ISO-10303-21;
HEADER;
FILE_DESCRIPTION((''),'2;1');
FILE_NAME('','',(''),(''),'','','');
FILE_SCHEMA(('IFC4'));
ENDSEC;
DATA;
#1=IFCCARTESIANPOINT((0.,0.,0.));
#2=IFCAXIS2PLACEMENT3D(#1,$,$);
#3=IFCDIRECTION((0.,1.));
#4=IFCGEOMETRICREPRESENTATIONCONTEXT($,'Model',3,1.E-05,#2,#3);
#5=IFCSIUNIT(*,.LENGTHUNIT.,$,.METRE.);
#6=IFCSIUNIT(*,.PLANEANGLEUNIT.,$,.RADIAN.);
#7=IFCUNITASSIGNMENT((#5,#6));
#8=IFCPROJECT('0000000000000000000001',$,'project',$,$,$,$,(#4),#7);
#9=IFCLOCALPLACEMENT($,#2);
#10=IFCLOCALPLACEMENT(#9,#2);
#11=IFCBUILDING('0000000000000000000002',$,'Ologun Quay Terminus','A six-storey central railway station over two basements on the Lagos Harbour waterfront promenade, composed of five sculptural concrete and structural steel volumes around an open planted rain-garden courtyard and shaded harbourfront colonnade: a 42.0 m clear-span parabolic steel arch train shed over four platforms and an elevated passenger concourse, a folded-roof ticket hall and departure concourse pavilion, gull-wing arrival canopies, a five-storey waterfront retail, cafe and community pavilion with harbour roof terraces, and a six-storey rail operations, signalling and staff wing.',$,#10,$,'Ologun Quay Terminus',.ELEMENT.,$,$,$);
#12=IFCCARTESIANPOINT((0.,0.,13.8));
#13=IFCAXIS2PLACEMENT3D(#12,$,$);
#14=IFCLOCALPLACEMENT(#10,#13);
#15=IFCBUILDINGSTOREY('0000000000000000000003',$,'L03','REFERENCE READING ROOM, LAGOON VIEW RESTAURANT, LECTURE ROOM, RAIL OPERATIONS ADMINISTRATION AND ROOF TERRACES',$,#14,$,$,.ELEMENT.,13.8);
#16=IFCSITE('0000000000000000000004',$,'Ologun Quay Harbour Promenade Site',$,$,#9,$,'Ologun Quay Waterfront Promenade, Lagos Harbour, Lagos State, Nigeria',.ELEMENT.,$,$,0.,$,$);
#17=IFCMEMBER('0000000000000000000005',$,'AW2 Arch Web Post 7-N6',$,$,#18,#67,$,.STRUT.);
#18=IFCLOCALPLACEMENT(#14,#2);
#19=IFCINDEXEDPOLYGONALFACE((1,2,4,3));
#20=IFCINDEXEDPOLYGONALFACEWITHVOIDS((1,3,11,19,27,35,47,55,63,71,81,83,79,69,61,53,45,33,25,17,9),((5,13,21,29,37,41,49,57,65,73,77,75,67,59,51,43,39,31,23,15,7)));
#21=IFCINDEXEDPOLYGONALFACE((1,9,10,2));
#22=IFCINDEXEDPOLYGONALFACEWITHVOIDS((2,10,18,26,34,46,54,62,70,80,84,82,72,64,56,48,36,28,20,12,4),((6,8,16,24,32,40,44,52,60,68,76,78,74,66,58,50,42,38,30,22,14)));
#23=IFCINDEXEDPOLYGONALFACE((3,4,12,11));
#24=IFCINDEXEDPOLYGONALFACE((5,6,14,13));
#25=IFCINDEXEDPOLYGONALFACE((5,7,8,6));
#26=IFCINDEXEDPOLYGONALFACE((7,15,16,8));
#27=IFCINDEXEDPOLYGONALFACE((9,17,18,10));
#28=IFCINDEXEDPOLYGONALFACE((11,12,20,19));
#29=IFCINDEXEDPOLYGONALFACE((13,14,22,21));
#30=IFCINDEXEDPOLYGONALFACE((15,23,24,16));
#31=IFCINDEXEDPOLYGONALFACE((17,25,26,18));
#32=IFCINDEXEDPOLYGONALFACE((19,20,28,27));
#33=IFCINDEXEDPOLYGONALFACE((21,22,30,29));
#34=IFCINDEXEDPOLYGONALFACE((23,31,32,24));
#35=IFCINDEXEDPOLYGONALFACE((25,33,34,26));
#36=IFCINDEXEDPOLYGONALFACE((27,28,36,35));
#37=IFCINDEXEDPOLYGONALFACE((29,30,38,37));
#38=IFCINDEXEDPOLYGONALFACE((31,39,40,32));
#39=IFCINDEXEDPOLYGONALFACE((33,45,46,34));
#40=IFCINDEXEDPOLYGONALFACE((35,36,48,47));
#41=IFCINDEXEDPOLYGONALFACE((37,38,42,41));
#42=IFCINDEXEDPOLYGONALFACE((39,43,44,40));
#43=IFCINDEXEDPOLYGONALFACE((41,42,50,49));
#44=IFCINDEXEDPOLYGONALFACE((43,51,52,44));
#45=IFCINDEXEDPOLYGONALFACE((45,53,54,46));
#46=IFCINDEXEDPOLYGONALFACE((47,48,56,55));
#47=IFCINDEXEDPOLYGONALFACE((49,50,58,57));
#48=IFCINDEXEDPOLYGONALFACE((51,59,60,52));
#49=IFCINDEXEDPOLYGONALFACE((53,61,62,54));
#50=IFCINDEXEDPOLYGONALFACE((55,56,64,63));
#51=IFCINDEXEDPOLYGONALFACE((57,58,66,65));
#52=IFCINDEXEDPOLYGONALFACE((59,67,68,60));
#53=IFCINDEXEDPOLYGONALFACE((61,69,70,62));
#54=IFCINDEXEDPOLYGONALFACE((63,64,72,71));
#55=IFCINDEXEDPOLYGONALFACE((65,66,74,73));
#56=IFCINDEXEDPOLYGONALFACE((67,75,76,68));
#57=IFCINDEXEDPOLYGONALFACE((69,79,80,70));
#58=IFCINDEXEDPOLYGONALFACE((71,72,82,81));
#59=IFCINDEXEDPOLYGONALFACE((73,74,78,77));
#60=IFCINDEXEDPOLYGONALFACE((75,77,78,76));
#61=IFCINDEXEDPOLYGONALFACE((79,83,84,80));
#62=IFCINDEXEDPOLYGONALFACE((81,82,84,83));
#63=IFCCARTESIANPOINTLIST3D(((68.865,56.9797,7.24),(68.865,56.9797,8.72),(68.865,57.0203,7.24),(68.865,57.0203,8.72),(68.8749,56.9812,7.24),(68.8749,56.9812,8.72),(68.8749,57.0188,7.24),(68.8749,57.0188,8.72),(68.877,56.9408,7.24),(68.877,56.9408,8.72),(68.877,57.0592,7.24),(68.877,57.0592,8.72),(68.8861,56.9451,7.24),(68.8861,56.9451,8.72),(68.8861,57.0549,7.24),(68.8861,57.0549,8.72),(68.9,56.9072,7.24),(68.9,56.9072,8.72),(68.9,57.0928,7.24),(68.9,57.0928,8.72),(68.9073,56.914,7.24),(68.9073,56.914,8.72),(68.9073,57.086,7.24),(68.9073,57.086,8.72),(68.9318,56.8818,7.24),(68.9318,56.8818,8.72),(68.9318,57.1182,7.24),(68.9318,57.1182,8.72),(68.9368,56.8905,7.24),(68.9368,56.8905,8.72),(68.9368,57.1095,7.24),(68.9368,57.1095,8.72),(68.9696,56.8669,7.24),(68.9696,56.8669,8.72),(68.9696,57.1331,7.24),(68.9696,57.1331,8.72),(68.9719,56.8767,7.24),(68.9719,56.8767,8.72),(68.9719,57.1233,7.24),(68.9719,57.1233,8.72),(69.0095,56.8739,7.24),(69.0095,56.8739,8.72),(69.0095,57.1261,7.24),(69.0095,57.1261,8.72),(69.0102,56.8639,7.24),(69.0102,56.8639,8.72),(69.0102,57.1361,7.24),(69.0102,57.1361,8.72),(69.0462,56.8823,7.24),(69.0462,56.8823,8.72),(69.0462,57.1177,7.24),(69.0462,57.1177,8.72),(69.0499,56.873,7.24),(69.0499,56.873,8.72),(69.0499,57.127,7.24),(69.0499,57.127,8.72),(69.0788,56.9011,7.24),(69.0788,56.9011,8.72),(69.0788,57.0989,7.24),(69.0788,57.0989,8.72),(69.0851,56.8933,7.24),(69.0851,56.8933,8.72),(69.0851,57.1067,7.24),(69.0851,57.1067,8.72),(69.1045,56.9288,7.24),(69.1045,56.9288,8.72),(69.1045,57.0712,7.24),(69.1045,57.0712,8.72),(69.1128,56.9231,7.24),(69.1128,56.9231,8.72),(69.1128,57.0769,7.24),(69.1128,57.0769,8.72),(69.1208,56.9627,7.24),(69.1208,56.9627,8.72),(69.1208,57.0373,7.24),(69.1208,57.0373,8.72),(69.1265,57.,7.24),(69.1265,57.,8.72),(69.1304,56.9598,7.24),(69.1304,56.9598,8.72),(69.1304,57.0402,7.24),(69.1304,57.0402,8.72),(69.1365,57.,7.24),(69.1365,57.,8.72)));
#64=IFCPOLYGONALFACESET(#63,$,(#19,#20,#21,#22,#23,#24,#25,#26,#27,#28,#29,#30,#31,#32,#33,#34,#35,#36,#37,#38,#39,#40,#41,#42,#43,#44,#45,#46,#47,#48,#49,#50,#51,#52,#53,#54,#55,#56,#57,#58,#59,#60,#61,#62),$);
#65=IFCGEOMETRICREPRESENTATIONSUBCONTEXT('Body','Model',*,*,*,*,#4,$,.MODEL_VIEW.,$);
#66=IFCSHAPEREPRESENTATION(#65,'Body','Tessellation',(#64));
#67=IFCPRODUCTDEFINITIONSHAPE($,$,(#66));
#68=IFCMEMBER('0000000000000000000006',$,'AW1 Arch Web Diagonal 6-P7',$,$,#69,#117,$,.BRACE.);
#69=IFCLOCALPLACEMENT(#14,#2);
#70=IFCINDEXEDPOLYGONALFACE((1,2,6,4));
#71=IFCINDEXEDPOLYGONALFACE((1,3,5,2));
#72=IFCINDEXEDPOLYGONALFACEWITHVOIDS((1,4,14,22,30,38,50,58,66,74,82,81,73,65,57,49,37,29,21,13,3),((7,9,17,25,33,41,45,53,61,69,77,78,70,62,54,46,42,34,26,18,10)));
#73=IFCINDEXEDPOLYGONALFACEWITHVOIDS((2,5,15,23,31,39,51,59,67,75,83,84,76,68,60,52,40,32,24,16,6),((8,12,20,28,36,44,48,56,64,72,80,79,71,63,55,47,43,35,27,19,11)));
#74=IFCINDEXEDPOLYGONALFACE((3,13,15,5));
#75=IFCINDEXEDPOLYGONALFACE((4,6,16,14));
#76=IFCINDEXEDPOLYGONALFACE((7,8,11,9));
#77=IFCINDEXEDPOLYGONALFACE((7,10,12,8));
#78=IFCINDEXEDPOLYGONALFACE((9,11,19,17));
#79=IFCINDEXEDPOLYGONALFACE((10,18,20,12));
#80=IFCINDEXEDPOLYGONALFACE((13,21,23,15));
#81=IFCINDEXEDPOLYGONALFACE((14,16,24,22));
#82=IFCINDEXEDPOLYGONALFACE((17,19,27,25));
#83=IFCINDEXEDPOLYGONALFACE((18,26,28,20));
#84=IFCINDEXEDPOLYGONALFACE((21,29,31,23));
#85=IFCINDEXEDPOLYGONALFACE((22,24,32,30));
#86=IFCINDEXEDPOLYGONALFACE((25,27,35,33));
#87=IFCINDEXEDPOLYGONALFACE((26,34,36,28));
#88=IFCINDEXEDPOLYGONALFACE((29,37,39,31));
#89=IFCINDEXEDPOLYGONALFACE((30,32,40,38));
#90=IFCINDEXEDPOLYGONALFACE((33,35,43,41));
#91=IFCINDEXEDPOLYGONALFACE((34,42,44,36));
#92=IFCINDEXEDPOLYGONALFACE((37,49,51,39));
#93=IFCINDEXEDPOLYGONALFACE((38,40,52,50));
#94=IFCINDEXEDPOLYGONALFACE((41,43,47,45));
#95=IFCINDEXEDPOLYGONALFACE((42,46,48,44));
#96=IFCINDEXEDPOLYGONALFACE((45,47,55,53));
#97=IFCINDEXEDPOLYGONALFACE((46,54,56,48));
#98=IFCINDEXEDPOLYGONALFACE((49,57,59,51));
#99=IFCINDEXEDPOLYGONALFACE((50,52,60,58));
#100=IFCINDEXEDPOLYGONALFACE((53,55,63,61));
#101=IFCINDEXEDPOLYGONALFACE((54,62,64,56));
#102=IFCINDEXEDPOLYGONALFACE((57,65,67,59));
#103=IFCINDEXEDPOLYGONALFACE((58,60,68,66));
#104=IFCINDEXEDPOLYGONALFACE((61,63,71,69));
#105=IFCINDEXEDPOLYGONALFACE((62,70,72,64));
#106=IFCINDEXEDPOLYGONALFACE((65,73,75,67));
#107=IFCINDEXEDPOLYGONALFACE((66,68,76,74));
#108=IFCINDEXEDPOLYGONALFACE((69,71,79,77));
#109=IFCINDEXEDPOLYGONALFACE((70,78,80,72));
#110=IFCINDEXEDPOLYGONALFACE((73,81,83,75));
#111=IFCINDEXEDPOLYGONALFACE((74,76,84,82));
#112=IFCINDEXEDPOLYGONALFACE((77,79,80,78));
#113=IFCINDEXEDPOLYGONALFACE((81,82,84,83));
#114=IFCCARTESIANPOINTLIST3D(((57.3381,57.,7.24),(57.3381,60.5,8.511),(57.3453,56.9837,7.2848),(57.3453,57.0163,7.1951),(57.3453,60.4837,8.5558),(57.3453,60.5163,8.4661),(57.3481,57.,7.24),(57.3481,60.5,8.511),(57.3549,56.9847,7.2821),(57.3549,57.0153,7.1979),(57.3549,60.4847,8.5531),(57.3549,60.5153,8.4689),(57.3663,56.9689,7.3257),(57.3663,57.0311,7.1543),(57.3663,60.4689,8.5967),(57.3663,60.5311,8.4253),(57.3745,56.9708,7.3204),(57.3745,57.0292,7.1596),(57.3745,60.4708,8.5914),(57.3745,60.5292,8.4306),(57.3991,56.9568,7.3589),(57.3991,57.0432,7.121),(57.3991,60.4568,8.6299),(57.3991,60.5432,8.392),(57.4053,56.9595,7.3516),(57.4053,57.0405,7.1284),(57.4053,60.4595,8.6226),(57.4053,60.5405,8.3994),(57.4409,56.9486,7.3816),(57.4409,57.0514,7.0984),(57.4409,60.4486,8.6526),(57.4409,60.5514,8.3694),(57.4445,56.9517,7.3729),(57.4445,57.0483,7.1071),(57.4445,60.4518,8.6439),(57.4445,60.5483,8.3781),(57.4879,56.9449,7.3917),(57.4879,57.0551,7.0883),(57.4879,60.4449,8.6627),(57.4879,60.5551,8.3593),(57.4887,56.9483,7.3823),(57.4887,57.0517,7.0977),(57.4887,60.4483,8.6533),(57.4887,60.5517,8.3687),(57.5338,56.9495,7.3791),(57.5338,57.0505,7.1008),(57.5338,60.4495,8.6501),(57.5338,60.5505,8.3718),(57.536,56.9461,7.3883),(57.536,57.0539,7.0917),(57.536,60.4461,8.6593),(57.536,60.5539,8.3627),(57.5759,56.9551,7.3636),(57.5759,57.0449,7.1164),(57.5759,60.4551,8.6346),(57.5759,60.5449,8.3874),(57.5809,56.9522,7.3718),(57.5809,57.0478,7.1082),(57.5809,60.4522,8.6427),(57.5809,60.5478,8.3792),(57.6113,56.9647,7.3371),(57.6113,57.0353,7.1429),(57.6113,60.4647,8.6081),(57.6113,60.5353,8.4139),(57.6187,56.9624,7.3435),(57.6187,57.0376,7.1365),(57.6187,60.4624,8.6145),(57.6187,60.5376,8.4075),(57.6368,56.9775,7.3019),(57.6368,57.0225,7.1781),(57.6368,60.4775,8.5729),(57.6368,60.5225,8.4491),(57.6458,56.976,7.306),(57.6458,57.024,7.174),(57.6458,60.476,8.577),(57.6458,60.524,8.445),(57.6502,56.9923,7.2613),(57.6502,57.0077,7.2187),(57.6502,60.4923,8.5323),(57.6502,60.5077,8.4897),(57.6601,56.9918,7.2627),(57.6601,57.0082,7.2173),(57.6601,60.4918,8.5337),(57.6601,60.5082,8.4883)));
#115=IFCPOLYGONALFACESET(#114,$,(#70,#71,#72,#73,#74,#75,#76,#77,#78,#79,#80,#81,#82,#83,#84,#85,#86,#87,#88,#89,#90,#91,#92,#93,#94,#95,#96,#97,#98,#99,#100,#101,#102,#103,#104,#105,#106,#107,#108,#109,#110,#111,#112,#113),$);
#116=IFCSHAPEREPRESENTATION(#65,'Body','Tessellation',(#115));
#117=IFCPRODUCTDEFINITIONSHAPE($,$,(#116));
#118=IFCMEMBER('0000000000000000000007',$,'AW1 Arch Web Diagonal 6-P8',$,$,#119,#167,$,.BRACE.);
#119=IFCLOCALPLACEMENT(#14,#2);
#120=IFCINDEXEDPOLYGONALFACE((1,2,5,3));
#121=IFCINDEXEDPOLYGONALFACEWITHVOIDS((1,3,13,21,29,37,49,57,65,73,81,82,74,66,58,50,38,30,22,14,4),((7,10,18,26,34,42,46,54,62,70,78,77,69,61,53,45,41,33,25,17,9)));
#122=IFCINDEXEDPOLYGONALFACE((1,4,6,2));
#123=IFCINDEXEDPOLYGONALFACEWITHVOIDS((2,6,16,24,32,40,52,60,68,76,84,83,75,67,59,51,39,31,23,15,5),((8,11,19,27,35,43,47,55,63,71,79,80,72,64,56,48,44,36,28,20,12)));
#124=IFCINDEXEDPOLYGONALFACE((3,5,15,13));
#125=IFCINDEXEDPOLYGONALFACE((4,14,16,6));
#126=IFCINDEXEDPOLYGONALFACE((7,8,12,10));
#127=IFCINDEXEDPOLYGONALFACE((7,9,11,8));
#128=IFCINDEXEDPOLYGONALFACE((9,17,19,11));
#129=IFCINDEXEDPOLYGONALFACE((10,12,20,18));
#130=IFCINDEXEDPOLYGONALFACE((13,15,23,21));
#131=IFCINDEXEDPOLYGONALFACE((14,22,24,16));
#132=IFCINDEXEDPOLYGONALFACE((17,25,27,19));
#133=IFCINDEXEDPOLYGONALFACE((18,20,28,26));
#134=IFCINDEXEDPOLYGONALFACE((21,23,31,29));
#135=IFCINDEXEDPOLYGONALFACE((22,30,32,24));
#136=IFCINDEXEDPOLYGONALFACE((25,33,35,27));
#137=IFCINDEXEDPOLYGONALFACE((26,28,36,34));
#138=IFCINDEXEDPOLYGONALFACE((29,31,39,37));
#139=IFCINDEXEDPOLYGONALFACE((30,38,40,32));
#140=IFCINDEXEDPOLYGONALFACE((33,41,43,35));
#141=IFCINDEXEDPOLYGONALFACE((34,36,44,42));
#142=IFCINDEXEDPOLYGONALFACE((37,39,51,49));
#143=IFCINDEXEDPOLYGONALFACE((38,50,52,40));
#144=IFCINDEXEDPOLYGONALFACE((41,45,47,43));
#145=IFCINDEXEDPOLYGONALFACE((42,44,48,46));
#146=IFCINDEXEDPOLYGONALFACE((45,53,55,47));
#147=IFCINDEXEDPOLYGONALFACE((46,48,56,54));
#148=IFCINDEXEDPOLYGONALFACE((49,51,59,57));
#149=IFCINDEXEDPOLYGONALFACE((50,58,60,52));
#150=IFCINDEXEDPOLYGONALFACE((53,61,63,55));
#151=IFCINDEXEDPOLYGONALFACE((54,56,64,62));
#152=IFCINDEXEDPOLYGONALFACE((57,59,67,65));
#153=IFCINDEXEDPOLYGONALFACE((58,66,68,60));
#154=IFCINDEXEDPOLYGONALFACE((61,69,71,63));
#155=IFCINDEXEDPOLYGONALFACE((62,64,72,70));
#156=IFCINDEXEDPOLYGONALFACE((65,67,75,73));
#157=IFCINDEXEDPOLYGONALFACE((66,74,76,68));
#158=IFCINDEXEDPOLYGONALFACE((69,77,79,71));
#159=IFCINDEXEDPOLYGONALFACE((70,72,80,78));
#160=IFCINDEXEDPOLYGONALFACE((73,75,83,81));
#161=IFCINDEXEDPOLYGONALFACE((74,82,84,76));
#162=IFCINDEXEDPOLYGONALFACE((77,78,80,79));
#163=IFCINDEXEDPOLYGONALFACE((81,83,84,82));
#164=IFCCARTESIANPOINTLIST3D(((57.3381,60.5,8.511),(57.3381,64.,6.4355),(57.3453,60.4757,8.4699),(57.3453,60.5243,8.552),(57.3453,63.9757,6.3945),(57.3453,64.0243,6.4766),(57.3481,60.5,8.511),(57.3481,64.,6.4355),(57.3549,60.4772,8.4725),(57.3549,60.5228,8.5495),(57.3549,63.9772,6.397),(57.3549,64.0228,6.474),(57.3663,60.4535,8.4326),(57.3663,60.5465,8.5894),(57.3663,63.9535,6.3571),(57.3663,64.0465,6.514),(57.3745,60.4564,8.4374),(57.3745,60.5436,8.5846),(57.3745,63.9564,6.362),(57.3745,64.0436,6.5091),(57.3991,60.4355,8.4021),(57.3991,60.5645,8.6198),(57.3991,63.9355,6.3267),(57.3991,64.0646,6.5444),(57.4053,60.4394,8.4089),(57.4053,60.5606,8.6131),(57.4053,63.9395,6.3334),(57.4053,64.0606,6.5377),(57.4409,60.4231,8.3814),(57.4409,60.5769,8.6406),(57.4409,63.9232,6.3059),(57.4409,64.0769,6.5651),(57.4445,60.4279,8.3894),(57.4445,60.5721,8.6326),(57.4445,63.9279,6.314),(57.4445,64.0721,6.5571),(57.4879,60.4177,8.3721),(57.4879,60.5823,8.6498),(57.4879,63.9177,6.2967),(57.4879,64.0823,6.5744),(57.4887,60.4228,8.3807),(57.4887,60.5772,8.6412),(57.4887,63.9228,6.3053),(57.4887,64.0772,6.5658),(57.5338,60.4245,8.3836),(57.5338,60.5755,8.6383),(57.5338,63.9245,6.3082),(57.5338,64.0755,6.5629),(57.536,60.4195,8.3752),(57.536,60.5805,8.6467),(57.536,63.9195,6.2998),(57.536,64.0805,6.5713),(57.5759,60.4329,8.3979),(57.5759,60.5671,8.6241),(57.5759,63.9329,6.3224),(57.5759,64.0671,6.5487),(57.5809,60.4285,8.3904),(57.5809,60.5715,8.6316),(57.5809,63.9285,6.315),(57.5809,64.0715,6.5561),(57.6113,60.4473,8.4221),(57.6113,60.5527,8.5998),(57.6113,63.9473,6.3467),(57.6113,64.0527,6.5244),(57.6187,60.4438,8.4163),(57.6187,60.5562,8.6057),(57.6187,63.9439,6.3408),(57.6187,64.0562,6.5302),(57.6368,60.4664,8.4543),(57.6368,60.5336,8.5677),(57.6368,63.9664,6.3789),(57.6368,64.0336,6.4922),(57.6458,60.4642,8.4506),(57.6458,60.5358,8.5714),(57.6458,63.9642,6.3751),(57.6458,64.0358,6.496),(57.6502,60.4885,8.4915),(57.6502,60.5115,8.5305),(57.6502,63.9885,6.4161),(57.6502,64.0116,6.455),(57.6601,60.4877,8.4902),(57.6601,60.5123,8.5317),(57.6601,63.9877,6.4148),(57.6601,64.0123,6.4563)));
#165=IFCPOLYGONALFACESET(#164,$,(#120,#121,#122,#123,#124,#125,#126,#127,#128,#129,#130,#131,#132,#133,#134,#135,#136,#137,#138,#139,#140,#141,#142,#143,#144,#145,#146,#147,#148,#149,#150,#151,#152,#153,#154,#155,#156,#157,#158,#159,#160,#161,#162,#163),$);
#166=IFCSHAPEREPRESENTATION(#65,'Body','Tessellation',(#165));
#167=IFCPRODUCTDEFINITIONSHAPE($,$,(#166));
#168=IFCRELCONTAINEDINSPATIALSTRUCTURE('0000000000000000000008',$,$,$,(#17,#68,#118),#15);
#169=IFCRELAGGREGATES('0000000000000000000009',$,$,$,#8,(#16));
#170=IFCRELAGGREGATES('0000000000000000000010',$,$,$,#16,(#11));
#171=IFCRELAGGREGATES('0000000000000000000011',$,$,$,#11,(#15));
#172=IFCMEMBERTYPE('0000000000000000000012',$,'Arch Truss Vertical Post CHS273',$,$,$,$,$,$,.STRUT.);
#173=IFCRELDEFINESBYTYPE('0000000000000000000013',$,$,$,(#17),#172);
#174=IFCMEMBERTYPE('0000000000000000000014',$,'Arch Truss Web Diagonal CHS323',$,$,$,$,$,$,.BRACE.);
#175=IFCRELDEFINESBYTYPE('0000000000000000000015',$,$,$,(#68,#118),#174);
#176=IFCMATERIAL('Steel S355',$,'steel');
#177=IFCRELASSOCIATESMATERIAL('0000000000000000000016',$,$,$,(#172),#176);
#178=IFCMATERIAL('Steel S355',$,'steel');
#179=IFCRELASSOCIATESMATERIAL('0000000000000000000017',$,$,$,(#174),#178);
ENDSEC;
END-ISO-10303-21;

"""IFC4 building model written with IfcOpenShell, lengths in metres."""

from ifc_helpers import new_model, si_unit, direction, frame, origin, origin_2d, place, context, subcontext, project, spatial, hollow_circle, extrude, material, material_profile, profile_set, type_object, element, save


model = new_model("IFC4")

# Units and contexts
model_context = context("Model", 3, precision=1e-05, world=origin(), true_north=direction((0.0, 1.0)))
body_context = subcontext(model_context, "Body", "Model", "MODEL_VIEW")
ifc_project = project(units=[si_unit("LENGTHUNIT", "METRE"), si_unit("PLANEANGLEUNIT", "RADIAN")], contexts=[model_context])

# Site, building, storey
site_placement = place(None, origin())
site = spatial("IfcSite", under=ifc_project, at=site_placement, Name="Ologun Quay Harbour Promenade Site", LongName="Ologun Quay Waterfront Promenade, Lagos Harbour, Lagos State, Nigeria", CompositionType="ELEMENT", RefElevation=0.0)
building_placement = place(site_placement, origin())
building = spatial("IfcBuilding", under=site, at=building_placement, Name="Ologun Quay Terminus", Description="A six-storey central railway station over two basements on the Lagos Harbour waterfront promenade, composed of five sculptural concrete and structural steel volumes around an open planted rain-garden courtyard and shaded harbourfront colonnade: a 42.0 m clear-span parabolic steel arch train shed over four platforms and an elevated passenger concourse, a folded-roof ticket hall and departure concourse pavilion, gull-wing arrival canopies, a five-storey waterfront retail, cafe and community pavilion with harbour roof terraces, and a six-storey rail operations, signalling and staff wing.", LongName="Ologun Quay Terminus", CompositionType="ELEMENT")
storey_placement = place(building_placement, frame((0.0, 0.0, 13.8)))
storey = spatial("IfcBuildingStorey", under=building, at=storey_placement, Name="L03", Description="REFERENCE READING ROOM, LAGOON VIEW RESTAURANT, LECTURE ROOM, RAIL OPERATIONS ADMINISTRATION AND ROOF TERRACES", CompositionType="ELEMENT", Elevation=13.8)

# Members
ifc_material_1 = material(Name="Steel S355", Category="steel")
ifc_material_profile_1 = material_profile(ifc_material_1, hollow_circle(Radius=0.1365, WallThickness=0.01, at=origin_2d()), Name="CHS 273x10")
ifc_profile_set_1 = profile_set([ifc_material_profile_1], Name="Steel S355")
member_type_1 = type_object("IfcMemberType", Name="Arch Truss Vertical Post CHS273", PredefinedType="STRUT", material=ifc_profile_set_1)
member_1_placement = place(storey_placement, frame((69.0, 57.0, 7.24), z_axis=(0.0, 0.0, 1.0), x_axis=(1.0, 0.0, 0.0)))
element("IfcMember", 1, at=member_1_placement, inside=storey, type_object=member_type_1, Name="AW2 Arch Web Post 7-N6", PredefinedType="STRUT", context=body_context, shape_type="SweptSolid", body=[
    extrude(hollow_circle(Radius=0.1365, WallThickness=0.01, at=origin_2d()), origin(), (0.0, 0.0, 1.0), 1.48),
])
ifc_material_2 = material(Name="Steel S355", Category="steel")
ifc_material_profile_2 = material_profile(ifc_material_2, hollow_circle(Radius=0.1619, WallThickness=0.01, at=origin_2d()), Name="CHS 323.9x10")
ifc_profile_set_2 = profile_set([ifc_material_profile_2], Name="Steel S355")
member_type_2 = type_object("IfcMemberType", Name="Arch Truss Web Diagonal CHS323", PredefinedType="BRACE", material=ifc_profile_set_2)
member_2_placement = place(storey_placement, frame((57.5, 57.0, 7.24), z_axis=(0.0, 0.939943, 0.341332), x_axis=(-1.0, 0.0, 0.0)))
element("IfcMember", 2, at=member_2_placement, inside=storey, type_object=member_type_2, Name="AW1 Arch Web Diagonal 6-P7", PredefinedType="BRACE", context=body_context, shape_type="SweptSolid", body=[
    extrude(hollow_circle(Radius=0.1619, WallThickness=0.01, at=origin_2d()), origin(), (0.0, 0.0, 1.0), 3.7236),
])
member_3_placement = place(storey_placement, frame((57.5, 60.5, 8.511), z_axis=(0.0, 0.860144, -0.510051), x_axis=(-1.0, 0.0, 0.0)))
element("IfcMember", 3, at=member_3_placement, inside=storey, type_object=member_type_2, Name="AW1 Arch Web Diagonal 6-P8", PredefinedType="BRACE", context=body_context, shape_type="SweptSolid", body=[
    extrude(hollow_circle(Radius=0.1619, WallThickness=0.01, at=origin_2d()), origin(), (0.0, 0.0, 1.0), 4.0691),
])

save(model, "model.ifc")
